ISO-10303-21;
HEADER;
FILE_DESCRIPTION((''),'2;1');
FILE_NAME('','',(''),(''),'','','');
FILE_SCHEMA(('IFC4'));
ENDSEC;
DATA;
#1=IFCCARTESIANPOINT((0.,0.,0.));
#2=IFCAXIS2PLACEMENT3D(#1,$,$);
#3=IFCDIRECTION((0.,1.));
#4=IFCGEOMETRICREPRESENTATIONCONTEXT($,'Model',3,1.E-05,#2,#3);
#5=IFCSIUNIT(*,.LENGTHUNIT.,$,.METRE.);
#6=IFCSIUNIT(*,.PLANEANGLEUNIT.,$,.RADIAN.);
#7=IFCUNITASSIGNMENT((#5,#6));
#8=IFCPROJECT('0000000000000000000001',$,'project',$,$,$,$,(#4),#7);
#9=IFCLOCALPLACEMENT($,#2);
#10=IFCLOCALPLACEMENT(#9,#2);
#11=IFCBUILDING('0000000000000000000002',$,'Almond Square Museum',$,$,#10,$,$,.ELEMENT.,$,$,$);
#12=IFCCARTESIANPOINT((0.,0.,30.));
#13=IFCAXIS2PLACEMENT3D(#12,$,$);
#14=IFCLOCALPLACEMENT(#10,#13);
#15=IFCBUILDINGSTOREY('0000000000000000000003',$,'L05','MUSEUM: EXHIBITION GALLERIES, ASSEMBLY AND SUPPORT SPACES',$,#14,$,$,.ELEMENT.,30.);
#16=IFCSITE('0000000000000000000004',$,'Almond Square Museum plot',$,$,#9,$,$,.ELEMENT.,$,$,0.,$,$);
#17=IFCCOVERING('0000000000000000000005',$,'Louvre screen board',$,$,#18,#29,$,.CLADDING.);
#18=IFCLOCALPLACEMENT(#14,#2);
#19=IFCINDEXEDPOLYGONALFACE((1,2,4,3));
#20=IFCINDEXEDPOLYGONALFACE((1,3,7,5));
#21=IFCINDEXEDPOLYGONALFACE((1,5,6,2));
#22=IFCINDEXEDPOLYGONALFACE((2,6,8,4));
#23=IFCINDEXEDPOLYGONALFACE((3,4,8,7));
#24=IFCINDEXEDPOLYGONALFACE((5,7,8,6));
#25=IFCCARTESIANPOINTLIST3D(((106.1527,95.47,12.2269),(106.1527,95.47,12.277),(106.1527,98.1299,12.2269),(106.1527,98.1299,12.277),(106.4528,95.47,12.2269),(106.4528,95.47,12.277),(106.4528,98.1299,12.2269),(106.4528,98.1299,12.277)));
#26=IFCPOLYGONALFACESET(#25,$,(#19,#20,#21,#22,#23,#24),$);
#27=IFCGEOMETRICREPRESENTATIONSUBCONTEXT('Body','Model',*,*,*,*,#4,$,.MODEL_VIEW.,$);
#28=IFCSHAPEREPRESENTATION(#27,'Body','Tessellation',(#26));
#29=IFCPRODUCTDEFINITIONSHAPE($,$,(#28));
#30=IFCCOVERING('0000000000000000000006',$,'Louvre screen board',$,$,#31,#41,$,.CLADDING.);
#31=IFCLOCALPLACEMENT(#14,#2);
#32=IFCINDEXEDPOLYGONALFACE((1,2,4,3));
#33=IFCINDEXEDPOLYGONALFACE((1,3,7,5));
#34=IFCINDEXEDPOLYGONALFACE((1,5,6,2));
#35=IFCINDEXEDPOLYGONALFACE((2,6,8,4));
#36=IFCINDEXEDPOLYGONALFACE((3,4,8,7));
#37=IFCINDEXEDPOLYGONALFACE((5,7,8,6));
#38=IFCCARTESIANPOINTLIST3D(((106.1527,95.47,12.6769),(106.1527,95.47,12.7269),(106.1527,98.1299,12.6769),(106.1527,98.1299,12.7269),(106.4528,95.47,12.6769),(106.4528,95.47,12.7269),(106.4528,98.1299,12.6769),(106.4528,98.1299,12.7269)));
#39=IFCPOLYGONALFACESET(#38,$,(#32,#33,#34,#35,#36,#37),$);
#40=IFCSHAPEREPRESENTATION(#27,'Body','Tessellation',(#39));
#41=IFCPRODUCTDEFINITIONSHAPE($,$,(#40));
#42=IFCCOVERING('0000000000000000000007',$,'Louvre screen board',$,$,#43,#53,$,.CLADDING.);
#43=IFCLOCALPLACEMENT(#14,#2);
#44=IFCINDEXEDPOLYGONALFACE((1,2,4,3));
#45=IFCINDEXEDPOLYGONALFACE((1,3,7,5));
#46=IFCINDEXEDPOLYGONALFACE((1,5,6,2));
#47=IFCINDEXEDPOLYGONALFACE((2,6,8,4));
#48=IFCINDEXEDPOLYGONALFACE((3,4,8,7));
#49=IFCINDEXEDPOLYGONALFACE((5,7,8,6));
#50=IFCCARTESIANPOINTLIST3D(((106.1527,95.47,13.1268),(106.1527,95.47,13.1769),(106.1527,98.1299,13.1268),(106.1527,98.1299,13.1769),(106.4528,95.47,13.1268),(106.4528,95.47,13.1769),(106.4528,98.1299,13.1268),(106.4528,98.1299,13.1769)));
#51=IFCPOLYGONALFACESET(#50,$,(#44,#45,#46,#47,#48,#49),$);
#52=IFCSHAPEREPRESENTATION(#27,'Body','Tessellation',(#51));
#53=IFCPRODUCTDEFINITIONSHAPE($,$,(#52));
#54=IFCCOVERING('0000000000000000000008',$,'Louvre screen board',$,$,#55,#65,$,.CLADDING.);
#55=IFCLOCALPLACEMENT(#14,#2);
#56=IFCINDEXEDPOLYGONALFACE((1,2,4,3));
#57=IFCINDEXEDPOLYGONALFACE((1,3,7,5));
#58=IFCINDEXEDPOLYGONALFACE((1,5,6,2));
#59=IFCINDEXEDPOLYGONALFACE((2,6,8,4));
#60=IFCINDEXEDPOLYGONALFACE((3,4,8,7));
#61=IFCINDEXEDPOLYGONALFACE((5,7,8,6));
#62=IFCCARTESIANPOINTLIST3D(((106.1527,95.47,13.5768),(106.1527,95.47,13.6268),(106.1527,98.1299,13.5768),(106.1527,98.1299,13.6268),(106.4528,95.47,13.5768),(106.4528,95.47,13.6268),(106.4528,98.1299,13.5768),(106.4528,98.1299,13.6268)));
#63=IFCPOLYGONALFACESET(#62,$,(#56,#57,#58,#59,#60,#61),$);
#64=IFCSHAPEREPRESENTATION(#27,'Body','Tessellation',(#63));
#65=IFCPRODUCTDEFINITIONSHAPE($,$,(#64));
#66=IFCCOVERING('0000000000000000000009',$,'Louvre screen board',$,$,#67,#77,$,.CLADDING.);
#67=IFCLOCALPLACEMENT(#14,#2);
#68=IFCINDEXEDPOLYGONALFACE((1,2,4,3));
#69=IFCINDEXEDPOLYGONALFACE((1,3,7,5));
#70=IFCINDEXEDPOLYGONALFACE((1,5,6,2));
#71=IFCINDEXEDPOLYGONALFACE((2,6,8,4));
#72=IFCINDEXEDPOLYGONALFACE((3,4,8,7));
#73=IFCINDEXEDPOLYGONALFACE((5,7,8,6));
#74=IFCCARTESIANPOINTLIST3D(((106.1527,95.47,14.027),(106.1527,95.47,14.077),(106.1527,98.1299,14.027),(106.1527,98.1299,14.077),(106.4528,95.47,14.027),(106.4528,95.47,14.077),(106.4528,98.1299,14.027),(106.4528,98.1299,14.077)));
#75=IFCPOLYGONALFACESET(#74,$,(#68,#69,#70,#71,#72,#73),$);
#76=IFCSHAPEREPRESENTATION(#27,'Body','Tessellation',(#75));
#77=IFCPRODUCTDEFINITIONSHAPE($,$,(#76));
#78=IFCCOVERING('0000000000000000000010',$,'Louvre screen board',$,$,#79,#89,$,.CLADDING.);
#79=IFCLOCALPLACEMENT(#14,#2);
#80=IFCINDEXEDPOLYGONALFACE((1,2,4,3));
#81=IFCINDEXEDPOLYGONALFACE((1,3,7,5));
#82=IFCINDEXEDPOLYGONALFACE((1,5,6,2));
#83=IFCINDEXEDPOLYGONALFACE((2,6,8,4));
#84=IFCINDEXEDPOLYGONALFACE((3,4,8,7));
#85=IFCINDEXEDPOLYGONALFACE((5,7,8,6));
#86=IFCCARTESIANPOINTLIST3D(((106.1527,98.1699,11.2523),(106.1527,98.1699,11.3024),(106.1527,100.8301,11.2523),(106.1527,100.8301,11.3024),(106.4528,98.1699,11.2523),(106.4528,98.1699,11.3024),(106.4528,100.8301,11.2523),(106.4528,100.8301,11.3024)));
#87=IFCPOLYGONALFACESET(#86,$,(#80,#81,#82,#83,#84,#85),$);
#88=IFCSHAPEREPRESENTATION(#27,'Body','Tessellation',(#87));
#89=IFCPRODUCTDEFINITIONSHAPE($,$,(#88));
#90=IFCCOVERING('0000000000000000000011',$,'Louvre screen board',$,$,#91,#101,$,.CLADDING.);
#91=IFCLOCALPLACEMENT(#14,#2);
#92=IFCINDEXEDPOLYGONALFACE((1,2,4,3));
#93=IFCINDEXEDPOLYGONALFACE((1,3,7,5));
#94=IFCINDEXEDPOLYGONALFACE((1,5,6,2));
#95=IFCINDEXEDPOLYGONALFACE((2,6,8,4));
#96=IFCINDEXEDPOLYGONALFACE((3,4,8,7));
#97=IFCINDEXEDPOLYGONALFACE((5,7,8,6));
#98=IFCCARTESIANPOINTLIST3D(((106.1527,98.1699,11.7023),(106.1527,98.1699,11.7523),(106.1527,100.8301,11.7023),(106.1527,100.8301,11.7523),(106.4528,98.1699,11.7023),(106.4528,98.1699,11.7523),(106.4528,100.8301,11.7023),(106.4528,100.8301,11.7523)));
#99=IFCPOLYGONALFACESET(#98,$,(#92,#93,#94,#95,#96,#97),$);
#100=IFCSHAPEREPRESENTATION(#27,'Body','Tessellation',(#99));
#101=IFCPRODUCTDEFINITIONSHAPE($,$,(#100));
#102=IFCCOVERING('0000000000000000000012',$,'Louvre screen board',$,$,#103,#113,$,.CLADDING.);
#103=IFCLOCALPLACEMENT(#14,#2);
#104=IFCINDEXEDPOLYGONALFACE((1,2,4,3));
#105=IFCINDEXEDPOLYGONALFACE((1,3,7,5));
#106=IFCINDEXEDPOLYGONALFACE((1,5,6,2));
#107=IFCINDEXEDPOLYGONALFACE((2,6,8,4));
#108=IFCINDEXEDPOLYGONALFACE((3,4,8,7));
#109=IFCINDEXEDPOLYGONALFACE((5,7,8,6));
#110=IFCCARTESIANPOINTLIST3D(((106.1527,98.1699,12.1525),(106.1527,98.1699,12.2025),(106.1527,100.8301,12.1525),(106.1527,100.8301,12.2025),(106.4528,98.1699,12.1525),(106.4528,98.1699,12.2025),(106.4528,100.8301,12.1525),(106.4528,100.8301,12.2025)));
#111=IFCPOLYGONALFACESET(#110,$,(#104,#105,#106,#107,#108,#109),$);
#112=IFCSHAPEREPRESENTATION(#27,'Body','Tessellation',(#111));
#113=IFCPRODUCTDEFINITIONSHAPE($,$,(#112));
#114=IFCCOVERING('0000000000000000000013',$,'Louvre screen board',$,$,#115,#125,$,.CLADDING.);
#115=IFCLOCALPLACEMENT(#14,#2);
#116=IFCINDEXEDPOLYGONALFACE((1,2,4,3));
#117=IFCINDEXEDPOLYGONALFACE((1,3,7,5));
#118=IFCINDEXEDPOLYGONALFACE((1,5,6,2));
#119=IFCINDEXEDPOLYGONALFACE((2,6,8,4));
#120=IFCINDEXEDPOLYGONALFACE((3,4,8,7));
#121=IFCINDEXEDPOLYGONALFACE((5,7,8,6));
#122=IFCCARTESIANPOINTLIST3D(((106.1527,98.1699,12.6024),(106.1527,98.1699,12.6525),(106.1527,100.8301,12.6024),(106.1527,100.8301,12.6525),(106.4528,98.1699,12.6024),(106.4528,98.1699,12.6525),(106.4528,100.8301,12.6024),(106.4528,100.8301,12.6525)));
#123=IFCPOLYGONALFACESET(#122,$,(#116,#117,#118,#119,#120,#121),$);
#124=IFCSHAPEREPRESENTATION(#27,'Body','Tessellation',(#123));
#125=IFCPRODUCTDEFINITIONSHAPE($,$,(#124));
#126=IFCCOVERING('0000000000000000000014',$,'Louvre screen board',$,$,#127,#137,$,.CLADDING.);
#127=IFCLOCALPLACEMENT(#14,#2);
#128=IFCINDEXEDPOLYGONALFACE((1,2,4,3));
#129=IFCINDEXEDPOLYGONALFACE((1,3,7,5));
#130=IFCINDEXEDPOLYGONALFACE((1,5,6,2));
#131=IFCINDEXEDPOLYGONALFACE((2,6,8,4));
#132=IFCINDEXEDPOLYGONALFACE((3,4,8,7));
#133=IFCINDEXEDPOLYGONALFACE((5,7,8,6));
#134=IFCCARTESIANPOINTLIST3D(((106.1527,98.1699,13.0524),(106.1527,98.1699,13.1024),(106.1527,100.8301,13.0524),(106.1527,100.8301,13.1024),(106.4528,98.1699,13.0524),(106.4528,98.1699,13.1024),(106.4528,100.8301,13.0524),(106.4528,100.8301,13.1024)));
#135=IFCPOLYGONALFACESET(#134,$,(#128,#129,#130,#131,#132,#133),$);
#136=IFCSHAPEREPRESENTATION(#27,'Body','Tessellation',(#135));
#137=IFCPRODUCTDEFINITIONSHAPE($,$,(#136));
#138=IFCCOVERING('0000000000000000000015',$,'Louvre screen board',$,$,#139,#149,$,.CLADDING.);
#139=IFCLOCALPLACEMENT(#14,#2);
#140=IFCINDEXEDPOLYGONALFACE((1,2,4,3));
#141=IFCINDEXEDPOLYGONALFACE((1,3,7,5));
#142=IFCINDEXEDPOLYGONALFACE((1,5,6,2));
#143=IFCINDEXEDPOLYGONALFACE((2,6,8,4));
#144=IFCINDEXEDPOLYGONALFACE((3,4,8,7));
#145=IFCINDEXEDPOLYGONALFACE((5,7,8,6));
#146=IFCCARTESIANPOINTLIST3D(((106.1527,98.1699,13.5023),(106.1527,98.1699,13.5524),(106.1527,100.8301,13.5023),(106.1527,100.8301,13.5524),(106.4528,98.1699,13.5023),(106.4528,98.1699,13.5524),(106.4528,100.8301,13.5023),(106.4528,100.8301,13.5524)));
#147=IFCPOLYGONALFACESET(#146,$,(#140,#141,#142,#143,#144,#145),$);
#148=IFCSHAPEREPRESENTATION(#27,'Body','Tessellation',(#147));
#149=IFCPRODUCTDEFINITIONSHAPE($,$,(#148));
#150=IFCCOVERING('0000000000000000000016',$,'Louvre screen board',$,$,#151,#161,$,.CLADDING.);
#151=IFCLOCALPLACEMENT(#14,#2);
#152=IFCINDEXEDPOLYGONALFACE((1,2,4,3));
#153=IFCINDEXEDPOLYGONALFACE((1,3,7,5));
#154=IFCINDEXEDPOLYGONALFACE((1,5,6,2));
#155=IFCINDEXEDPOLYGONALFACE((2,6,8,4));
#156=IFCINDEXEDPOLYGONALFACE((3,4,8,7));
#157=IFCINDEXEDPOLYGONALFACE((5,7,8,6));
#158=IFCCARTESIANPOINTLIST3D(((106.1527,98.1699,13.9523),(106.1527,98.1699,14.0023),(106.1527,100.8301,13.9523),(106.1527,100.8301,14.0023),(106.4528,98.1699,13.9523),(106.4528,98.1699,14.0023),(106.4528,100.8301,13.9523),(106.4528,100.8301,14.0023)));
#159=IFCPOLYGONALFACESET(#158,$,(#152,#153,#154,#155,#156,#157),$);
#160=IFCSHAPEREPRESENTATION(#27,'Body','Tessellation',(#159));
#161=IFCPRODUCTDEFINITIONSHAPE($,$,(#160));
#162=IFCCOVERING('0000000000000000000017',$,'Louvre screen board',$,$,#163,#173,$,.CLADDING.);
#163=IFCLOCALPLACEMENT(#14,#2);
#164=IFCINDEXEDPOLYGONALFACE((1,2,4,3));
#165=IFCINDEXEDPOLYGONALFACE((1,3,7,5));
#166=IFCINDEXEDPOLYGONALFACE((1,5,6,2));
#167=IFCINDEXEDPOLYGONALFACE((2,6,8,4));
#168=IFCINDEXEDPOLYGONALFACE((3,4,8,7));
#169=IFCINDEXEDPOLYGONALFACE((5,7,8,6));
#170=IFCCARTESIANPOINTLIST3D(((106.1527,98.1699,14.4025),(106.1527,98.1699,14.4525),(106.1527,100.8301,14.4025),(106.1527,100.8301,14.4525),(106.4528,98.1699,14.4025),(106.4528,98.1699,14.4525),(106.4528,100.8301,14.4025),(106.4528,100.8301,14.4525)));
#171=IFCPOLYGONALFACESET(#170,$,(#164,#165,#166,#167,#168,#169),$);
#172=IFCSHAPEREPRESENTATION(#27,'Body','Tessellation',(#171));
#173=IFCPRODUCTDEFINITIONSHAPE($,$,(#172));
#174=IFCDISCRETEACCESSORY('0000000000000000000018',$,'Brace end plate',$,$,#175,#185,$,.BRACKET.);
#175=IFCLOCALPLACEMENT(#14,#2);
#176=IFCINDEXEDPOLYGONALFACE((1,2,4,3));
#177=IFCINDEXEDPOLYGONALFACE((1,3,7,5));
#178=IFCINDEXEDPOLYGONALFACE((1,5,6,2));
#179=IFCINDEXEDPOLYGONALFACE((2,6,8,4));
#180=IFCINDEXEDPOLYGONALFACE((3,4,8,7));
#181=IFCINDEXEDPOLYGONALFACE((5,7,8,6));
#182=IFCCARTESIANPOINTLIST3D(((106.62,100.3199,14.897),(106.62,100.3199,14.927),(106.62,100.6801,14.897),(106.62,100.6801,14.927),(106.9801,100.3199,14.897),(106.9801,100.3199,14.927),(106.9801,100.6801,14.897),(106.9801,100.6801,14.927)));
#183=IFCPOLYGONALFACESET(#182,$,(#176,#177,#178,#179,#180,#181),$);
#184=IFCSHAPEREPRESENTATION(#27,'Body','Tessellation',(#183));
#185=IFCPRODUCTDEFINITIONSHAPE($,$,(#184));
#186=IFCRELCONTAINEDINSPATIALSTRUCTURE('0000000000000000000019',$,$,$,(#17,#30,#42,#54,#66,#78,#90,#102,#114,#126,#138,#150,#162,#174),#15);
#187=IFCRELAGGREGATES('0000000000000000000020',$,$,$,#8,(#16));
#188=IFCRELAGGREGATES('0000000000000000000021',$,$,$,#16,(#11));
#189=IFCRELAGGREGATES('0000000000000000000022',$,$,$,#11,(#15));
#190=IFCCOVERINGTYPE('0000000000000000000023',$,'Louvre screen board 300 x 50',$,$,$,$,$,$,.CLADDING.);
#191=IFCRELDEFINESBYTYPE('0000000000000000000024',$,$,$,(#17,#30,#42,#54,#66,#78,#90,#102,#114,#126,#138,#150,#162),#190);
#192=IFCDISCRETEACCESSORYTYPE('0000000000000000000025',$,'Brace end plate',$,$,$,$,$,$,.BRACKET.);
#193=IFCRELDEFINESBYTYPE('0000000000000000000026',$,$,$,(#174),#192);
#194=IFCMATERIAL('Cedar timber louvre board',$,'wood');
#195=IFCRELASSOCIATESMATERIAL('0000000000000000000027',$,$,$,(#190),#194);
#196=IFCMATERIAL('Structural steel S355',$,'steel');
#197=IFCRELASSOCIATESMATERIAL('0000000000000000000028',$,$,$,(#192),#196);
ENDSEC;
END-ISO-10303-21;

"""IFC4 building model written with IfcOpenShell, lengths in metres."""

from ifc_helpers import new_model, si_unit, direction, frame, origin, origin_2d, place, context, subcontext, project, spatial, rectangle, extrude, material, material_profile, profile_set, type_object, element, save


model = new_model("IFC4")

# Units and contexts
model_context = context("Model", 3, precision=1e-05, world=origin(), true_north=direction((0.0, 1.0)))
body_context = subcontext(model_context, "Body", "Model", "MODEL_VIEW")
ifc_project = project(units=[si_unit("LENGTHUNIT", "METRE"), si_unit("PLANEANGLEUNIT", "RADIAN")], contexts=[model_context])

# Site, building, storey
site_placement = place(None, origin())
site = spatial("IfcSite", under=ifc_project, at=site_placement, Name="Almond Square Museum plot", CompositionType="ELEMENT", RefElevation=0.0)
building_placement = place(site_placement, origin())
building = spatial("IfcBuilding", under=site, at=building_placement, Name="Almond Square Museum", CompositionType="ELEMENT")
storey_placement = place(building_placement, frame((0.0, 0.0, 30.0)))
storey = spatial("IfcBuildingStorey", under=building, at=storey_placement, Name="L05", Description="MUSEUM: EXHIBITION GALLERIES, ASSEMBLY AND SUPPORT SPACES", CompositionType="ELEMENT", Elevation=30.0)

# Coverings
ifc_material_1 = material(Name="Cedar timber louvre board", Category="wood")
ifc_material_profile_1 = material_profile(ifc_material_1, rectangle(XDim=0.3, YDim=0.05, at=origin_2d()))
ifc_profile_set_1 = profile_set([ifc_material_profile_1], Name="Cedar timber louvre board")
covering_type_1 = type_object("IfcCoveringType", Name="Louvre screen board 300 x 50", PredefinedType="CLADDING", material=ifc_profile_set_1)
for number, where, z_axis, x_axis, name in (
    (1, (106.3027, 95.47, 12.252), (0.0, 1.0, 0.0), (-1.0, 0.0, 0.0), "Louvre screen board"),
    (2, (106.3027, 95.47, 12.7019), (0.0, 1.0, 0.0), (-1.0, 0.0, 0.0), "Louvre screen board"),
    (3, (106.3027, 95.47, 13.1519), (0.0, 1.0, 0.0), (-1.0, 0.0, 0.0), "Louvre screen board"),
    (4, (106.3027, 95.47, 13.6018), (0.0, 1.0, 0.0), (-1.0, 0.0, 0.0), "Louvre screen board"),
    (5, (106.3027, 95.47, 14.052), (0.0, 1.0, 0.0), (-1.0, 0.0, 0.0), "Louvre screen board"),
):
    element("IfcCovering", number, at=place(storey_placement, frame(where, z_axis=z_axis, x_axis=x_axis)), inside=storey, type_object=covering_type_1, Name=name, PredefinedType="CLADDING", context=body_context, shape_type="SweptSolid", body=[
        extrude(rectangle(XDim=0.3, YDim=0.05, at=origin_2d()), origin(), (0.0, 0.0, 1.0), 2.6599),
    ])
for number, where, z_axis, x_axis, name in (
    (6, (106.3027, 98.1699, 11.2773), (0.0, 1.0, 0.0), (-1.0, 0.0, 0.0), "Louvre screen board"),
    (7, (106.3027, 98.1699, 11.7273), (0.0, 1.0, 0.0), (-1.0, 0.0, 0.0), "Louvre screen board"),
    (8, (106.3027, 98.1699, 12.1775), (0.0, 1.0, 0.0), (-1.0, 0.0, 0.0), "Louvre screen board"),
    (9, (106.3027, 98.1699, 12.6274), (0.0, 1.0, 0.0), (-1.0, 0.0, 0.0), "Louvre screen board"),
    (10, (106.3027, 98.1699, 13.0774), (0.0, 1.0, 0.0), (-1.0, 0.0, 0.0), "Louvre screen board"),
    (11, (106.3027, 98.1699, 13.5273), (0.0, 1.0, 0.0), (-1.0, 0.0, 0.0), "Louvre screen board"),
    (12, (106.3027, 98.1699, 13.9773), (0.0, 1.0, 0.0), (-1.0, 0.0, 0.0), "Louvre screen board"),
    (13, (106.3027, 98.1699, 14.4275), (0.0, 1.0, 0.0), (-1.0, 0.0, 0.0), "Louvre screen board"),
):
    element("IfcCovering", number, at=place(storey_placement, frame(where, z_axis=z_axis, x_axis=x_axis)), inside=storey, type_object=covering_type_1, Name=name, PredefinedType="CLADDING", context=body_context, shape_type="SweptSolid", body=[
        extrude(rectangle(XDim=0.3, YDim=0.05, at=origin_2d()), origin(), (0.0, 0.0, 1.0), 2.6602),
    ])

# Discrete accessory
ifc_material_2 = material(Name="Structural steel S355", Category="steel")
discrete_accessory_type = type_object("IfcDiscreteAccessoryType", Name="Brace end plate", PredefinedType="BRACKET", material=ifc_material_2)
discrete_accessory_placement = place(storey_placement, frame((106.8, 100.5, 14.897), z_axis=(0.0, 0.0, 1.0), x_axis=(1.0, 0.0, 0.0)))
element("IfcDiscreteAccessory", 14, at=discrete_accessory_placement, inside=storey, type_object=discrete_accessory_type, Name="Brace end plate", PredefinedType="BRACKET", context=body_context, shape_type="SweptSolid", body=[
    extrude(rectangle(XDim=0.3601, YDim=0.3601, at=origin_2d()), origin(), (0.0, 0.0, 1.0), 0.03),
])

save(model, "model.ifc")
